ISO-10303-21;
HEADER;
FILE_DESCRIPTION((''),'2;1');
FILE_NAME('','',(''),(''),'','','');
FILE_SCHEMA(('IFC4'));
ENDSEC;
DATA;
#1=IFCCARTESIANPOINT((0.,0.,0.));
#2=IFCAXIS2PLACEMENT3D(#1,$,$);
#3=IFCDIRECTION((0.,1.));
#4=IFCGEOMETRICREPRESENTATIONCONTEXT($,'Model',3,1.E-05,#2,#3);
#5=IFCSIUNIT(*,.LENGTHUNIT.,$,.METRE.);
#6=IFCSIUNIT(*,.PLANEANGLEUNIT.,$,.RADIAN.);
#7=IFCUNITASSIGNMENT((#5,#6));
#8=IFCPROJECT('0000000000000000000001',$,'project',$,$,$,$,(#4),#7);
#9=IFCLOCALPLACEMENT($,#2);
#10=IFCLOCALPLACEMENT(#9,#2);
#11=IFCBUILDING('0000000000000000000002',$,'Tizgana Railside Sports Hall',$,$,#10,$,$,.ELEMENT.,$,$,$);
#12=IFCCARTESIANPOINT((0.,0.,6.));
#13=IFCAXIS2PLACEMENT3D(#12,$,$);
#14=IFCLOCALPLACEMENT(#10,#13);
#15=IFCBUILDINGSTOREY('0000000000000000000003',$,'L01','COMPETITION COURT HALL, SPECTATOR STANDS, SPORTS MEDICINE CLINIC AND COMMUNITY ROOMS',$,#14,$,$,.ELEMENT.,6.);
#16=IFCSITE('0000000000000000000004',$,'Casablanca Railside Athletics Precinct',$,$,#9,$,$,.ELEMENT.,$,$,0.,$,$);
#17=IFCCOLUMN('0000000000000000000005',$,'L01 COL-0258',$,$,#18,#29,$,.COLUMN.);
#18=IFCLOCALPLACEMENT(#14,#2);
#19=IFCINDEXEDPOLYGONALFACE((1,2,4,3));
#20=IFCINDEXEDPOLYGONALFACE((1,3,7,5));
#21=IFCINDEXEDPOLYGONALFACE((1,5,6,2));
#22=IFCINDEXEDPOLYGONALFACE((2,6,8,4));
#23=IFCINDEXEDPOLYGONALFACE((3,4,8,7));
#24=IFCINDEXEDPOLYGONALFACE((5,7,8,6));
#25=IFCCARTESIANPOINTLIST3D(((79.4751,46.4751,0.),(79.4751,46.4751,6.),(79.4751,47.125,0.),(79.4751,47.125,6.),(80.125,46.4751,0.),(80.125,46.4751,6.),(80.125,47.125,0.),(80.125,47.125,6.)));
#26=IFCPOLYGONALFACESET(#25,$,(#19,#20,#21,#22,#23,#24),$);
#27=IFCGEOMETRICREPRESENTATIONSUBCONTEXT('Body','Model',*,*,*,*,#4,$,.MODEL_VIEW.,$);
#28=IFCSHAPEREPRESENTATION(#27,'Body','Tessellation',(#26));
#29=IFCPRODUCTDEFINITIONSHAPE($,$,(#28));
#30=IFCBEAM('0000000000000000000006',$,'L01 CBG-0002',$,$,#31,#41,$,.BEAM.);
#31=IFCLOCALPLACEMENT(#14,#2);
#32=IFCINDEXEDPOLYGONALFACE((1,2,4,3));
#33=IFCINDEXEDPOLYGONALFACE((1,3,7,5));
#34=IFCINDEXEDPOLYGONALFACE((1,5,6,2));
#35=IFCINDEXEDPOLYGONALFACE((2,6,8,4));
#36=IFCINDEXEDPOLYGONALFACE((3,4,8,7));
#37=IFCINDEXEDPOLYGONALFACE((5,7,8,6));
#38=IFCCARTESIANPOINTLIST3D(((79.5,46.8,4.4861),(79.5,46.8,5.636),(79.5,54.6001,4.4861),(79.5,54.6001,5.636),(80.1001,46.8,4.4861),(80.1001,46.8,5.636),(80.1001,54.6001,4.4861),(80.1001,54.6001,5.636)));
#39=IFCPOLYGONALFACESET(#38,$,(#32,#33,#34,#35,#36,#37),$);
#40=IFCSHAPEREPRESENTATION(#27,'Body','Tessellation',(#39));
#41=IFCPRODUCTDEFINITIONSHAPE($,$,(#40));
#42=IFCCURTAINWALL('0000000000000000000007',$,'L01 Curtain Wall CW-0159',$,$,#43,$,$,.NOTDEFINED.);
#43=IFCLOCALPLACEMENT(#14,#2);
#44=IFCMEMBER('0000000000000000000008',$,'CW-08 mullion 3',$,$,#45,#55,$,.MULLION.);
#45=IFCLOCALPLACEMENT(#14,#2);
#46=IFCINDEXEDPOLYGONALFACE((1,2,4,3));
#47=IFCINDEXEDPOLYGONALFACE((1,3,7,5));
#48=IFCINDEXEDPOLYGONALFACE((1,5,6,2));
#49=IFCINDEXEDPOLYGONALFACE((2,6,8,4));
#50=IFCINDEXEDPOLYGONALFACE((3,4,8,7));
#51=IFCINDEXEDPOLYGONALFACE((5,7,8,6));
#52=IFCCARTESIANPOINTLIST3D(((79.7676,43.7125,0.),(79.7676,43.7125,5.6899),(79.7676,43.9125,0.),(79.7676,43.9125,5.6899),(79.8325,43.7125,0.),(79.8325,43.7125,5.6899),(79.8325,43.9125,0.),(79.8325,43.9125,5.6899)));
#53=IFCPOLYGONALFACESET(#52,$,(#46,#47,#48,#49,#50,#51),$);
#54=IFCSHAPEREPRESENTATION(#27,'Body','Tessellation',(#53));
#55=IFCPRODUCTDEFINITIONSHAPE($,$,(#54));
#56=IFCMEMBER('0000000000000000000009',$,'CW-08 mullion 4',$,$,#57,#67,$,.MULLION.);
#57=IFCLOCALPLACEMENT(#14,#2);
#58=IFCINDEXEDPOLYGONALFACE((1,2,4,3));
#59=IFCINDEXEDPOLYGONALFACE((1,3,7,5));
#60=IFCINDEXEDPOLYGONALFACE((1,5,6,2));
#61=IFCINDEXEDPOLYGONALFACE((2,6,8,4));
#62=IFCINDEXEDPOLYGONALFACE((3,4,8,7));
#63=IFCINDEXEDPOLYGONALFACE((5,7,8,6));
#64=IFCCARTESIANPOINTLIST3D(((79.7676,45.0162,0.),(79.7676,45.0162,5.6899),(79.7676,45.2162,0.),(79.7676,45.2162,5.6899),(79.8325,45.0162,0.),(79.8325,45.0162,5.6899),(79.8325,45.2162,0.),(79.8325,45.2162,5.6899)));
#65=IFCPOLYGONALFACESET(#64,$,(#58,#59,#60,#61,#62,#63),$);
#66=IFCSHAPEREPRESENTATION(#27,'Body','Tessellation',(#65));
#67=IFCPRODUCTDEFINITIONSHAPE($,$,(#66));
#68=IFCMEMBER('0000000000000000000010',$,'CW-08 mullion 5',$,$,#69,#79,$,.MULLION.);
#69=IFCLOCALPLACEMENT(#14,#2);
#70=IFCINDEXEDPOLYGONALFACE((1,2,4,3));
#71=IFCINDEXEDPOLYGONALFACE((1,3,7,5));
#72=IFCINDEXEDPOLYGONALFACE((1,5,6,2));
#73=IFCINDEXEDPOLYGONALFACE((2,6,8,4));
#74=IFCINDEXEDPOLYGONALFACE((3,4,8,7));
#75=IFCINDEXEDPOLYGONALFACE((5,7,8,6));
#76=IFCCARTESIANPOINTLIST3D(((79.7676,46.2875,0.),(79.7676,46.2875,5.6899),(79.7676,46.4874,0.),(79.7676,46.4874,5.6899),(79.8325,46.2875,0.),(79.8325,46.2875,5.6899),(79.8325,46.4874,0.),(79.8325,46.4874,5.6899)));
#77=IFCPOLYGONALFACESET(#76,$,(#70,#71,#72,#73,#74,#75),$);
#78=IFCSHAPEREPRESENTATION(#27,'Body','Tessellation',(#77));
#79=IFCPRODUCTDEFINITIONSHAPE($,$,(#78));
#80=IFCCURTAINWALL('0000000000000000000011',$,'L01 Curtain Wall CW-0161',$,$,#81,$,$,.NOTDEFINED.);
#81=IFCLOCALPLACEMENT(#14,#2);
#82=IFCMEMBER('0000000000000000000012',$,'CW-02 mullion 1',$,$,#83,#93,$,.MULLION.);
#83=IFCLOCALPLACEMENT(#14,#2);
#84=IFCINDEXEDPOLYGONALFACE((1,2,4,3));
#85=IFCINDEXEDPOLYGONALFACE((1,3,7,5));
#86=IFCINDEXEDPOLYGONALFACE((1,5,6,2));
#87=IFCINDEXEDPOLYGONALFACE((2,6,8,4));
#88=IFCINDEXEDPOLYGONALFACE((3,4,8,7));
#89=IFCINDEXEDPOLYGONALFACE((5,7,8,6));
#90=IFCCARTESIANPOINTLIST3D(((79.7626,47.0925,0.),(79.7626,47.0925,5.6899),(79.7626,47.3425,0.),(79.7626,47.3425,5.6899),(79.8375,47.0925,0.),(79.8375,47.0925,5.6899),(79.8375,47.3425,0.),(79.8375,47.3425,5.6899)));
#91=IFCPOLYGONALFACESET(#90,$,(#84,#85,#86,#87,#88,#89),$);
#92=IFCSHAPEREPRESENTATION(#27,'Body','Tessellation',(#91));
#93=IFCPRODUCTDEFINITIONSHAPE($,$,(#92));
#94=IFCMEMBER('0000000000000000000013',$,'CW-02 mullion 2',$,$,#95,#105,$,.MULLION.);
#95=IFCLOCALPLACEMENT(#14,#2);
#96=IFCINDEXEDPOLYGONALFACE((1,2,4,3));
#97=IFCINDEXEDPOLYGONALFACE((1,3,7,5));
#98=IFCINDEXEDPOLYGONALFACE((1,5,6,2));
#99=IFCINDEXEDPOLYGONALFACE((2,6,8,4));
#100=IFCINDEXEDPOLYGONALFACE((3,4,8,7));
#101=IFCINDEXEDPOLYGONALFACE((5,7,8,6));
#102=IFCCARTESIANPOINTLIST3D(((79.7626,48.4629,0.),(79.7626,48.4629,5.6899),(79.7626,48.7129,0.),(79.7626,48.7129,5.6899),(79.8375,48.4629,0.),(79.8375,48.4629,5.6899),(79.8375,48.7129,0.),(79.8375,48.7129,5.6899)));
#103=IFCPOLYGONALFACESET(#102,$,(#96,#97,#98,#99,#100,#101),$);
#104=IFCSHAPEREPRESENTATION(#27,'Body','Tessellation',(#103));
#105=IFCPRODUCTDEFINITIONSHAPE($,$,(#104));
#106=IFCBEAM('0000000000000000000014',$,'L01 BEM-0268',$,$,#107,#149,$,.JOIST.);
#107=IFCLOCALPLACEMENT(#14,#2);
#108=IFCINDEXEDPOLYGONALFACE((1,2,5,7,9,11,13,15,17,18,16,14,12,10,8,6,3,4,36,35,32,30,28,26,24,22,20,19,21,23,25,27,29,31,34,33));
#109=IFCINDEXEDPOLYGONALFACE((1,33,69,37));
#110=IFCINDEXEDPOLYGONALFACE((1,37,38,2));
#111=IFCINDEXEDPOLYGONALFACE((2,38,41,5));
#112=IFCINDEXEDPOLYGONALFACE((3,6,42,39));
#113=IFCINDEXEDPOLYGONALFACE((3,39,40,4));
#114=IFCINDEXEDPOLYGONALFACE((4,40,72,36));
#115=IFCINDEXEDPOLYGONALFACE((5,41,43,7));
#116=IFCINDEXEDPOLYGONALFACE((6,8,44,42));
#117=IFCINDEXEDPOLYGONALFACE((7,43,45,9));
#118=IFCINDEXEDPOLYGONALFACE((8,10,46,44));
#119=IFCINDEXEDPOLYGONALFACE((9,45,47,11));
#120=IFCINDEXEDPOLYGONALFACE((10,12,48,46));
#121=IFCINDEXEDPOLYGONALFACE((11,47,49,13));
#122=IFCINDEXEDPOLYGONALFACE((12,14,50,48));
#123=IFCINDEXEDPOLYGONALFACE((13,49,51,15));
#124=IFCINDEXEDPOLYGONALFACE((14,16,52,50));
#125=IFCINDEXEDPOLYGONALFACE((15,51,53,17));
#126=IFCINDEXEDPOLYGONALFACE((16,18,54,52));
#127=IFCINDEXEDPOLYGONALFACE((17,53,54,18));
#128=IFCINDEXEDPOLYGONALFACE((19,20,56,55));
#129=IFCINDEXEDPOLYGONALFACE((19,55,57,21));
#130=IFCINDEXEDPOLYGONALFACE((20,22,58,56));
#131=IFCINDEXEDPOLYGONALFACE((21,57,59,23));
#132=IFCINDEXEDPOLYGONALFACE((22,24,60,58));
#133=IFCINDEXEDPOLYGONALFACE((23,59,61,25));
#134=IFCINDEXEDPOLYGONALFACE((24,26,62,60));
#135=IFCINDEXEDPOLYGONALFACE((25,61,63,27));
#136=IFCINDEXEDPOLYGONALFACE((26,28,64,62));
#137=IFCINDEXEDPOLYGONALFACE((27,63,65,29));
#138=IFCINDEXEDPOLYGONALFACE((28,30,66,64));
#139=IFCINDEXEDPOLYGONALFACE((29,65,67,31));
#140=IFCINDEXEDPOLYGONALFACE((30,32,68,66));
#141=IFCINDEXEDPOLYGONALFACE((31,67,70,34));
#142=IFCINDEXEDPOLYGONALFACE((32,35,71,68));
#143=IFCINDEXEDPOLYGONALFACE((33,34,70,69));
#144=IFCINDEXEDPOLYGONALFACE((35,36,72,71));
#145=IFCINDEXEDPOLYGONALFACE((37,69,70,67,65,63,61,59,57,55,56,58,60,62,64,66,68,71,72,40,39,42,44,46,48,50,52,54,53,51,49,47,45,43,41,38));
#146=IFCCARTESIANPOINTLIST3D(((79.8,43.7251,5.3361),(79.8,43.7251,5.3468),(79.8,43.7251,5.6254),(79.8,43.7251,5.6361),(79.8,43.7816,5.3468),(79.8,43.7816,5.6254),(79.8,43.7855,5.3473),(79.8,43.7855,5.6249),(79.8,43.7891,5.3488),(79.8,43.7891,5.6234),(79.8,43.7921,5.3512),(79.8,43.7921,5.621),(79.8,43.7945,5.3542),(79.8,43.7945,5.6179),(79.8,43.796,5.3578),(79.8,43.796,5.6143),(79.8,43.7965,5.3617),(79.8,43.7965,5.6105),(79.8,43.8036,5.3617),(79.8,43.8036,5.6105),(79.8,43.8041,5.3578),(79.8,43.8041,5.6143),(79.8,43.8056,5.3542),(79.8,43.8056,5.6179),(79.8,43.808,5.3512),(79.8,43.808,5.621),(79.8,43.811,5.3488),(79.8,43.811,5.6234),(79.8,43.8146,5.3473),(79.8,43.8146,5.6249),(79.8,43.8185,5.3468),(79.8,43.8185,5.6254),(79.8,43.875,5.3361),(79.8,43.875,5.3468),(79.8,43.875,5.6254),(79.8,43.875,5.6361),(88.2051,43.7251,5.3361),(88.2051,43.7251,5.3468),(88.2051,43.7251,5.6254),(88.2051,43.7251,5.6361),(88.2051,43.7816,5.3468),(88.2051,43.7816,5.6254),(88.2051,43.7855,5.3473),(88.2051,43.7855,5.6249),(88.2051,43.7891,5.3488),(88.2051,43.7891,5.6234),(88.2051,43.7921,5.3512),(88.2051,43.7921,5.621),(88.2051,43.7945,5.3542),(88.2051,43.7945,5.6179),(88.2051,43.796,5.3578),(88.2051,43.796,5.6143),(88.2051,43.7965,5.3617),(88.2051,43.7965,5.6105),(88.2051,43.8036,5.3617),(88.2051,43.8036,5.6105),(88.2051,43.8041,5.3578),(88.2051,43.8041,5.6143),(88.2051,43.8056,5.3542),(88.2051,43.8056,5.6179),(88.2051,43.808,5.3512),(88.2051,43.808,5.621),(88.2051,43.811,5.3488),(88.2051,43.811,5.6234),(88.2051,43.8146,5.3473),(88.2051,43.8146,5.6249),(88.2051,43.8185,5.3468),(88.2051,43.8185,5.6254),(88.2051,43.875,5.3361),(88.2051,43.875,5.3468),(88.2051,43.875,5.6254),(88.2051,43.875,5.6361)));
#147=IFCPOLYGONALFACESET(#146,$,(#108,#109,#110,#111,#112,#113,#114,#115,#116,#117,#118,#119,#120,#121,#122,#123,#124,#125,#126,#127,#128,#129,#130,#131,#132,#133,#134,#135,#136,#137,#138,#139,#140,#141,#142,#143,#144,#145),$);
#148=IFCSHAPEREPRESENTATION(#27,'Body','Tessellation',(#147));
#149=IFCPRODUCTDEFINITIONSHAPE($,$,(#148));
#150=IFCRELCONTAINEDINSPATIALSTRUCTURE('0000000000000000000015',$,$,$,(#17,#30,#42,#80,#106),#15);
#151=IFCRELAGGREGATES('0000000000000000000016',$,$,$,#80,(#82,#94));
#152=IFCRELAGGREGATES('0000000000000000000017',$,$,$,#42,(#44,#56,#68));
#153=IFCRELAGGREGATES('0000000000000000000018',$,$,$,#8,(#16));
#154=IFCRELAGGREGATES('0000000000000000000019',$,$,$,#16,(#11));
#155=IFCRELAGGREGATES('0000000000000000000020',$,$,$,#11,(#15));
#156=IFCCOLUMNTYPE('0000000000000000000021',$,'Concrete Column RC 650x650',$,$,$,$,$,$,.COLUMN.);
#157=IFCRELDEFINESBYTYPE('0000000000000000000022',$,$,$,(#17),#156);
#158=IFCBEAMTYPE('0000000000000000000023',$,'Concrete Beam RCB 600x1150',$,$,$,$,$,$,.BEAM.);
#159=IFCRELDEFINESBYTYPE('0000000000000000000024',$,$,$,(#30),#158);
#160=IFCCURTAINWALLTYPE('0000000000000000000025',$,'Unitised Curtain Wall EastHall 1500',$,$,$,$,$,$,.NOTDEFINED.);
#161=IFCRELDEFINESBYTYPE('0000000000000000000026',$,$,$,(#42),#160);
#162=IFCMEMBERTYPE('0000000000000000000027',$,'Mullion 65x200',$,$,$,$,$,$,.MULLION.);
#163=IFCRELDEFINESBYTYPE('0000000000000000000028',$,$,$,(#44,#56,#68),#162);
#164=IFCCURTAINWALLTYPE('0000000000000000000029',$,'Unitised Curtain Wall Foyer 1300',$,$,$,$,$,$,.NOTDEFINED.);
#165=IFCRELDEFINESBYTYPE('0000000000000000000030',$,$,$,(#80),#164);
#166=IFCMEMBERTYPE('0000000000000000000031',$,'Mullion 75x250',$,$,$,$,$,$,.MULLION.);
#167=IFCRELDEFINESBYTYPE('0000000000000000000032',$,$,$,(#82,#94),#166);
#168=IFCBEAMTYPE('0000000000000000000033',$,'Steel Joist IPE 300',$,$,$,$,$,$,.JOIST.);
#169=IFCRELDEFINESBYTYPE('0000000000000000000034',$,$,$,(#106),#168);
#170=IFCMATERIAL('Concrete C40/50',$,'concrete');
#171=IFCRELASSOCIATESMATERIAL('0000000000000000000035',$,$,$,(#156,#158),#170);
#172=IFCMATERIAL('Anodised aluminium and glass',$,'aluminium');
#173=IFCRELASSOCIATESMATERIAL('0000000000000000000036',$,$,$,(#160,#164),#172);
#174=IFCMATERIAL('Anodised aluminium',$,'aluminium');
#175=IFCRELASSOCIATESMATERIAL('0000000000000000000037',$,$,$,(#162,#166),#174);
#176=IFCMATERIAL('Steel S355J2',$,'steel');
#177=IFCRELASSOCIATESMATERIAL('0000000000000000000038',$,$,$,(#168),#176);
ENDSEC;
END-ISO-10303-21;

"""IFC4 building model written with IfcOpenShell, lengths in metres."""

from ifc_helpers import new_model, si_unit, direction, frame, origin, origin_2d, place, context, subcontext, project, spatial, rectangle, i_section, extrude, material, material_profile, profile_set, type_object, element, aggregate, save


model = new_model("IFC4")

# Units and contexts
model_context = context("Model", 3, precision=1e-05, world=origin(), true_north=direction((0.0, 1.0)))
body_context = subcontext(model_context, "Body", "Model", "MODEL_VIEW")
ifc_project = project(units=[si_unit("LENGTHUNIT", "METRE"), si_unit("PLANEANGLEUNIT", "RADIAN")], contexts=[model_context])

# Site, building, storey
site_placement = place(None, origin())
site = spatial("IfcSite", under=ifc_project, at=site_placement, Name="Casablanca Railside Athletics Precinct", CompositionType="ELEMENT", RefElevation=0.0)
building_placement = place(site_placement, origin())
building = spatial("IfcBuilding", under=site, at=building_placement, Name="Tizgana Railside Sports Hall", CompositionType="ELEMENT")
storey_placement = place(building_placement, frame((0.0, 0.0, 6.0)))
storey = spatial("IfcBuildingStorey", under=building, at=storey_placement, Name="L01", Description="COMPETITION COURT HALL, SPECTATOR STANDS, SPORTS MEDICINE CLINIC AND COMMUNITY ROOMS", CompositionType="ELEMENT", Elevation=6.0)

# Column
ifc_material_1 = material(Name="Concrete C40/50", Category="concrete")
ifc_material_profile_1 = material_profile(ifc_material_1, rectangle(XDim=0.6499, YDim=0.6499, at=origin_2d()), Name="RC 650x650")
ifc_profile_set_1 = profile_set([ifc_material_profile_1], Name="Concrete C40/50")
column_type = type_object("IfcColumnType", Name="Concrete Column RC 650x650", PredefinedType="COLUMN", material=ifc_profile_set_1)
column_placement = place(storey_placement, frame((79.8, 46.8, 0.0), z_axis=(0.0, 0.0, 1.0), x_axis=(1.0, 0.0, 0.0)))
element("IfcColumn", 1, at=column_placement, inside=storey, type_object=column_type, Name="L01 COL-0258", PredefinedType="COLUMN", context=body_context, shape_type="SweptSolid", body=[
    extrude(rectangle(XDim=0.6499, YDim=0.6499, at=origin_2d()), origin(), (0.0, 0.0, 1.0), 6.0),
])

# Beam
ifc_material_profile_2 = material_profile(ifc_material_1, rectangle(XDim=0.6001, YDim=1.1499, at=origin_2d()), Name="RCB 600x1150")
ifc_profile_set_2 = profile_set([ifc_material_profile_2], Name="Concrete C40/50")
beam_type_1 = type_object("IfcBeamType", Name="Concrete Beam RCB 600x1150", PredefinedType="BEAM", material=ifc_profile_set_2)
beam_1_placement = place(storey_placement, frame((79.8, 46.8, 5.061), z_axis=(0.0, 1.0, 0.0), x_axis=(-1.0, 0.0, 0.0)))
element("IfcBeam", 2, at=beam_1_placement, inside=storey, type_object=beam_type_1, Name="L01 CBG-0002", PredefinedType="BEAM", context=body_context, shape_type="SweptSolid", body=[
    extrude(rectangle(XDim=0.6001, YDim=1.1499, at=origin_2d()), origin(), (0.0, 0.0, 1.0), 7.8),
])

# Curtain walls, members
ifc_material_2 = material(Name="Anodised aluminium and glass", Category="aluminium")
curtain_wall_type_1 = type_object("IfcCurtainWallType", Name="Unitised Curtain Wall EastHall 1500", PredefinedType="NOTDEFINED", material=ifc_material_2)
curtain_wall_1_placement = place(storey_placement, origin())
curtain_wall_1 = element("IfcCurtainWall", 3, at=curtain_wall_1_placement, inside=storey, type_object=curtain_wall_type_1, Name="L01 Curtain Wall CW-0159", PredefinedType="NOTDEFINED")
ifc_material_3 = material(Name="Anodised aluminium", Category="aluminium")
ifc_material_profile_3 = material_profile(ifc_material_3, rectangle(XDim=0.0649, YDim=0.2, at=origin_2d()), Name="Mullion 65x200")
ifc_profile_set_3 = profile_set([ifc_material_profile_3], Name="Anodised aluminium")
member_type_1 = type_object("IfcMemberType", Name="Mullion 65x200", PredefinedType="MULLION", material=ifc_profile_set_3)
member_1_placement = place(storey_placement, frame((79.8, 43.8125, 0.0), z_axis=(0.0, 0.0, 1.0), x_axis=(-1.0, 0.0, 0.0)))
member_1 = element("IfcMember", 4, at=member_1_placement, type_object=member_type_1, Name="CW-08 mullion 3", PredefinedType="MULLION", context=body_context, shape_type="SweptSolid", body=[
    extrude(rectangle(XDim=0.0649, YDim=0.2, at=origin_2d()), origin(), (0.0, 0.0, 1.0), 5.6899),
])
member_2_placement = place(storey_placement, frame((79.8, 45.1162, 0.0), z_axis=(0.0, 0.0, 1.0), x_axis=(-1.0, 0.0, 0.0)))
member_2 = element("IfcMember", 5, at=member_2_placement, type_object=member_type_1, Name="CW-08 mullion 4", PredefinedType="MULLION", context=body_context, shape_type="SweptSolid", body=[
    extrude(rectangle(XDim=0.0649, YDim=0.2, at=origin_2d()), origin(), (0.0, 0.0, 1.0), 5.6899),
])
member_3_placement = place(storey_placement, frame((79.8, 46.3875, 0.0), z_axis=(0.0, 0.0, 1.0), x_axis=(-1.0, 0.0, 0.0)))
member_3 = element("IfcMember", 6, at=member_3_placement, type_object=member_type_1, Name="CW-08 mullion 5", PredefinedType="MULLION", context=body_context, shape_type="SweptSolid", body=[
    extrude(rectangle(XDim=0.0649, YDim=0.2, at=origin_2d()), origin(), (0.0, 0.0, 1.0), 5.6899),
])
curtain_wall_type_2 = type_object("IfcCurtainWallType", Name="Unitised Curtain Wall Foyer 1300", PredefinedType="NOTDEFINED", material=ifc_material_2)
curtain_wall_2_placement = place(storey_placement, origin())
curtain_wall_2 = element("IfcCurtainWall", 7, at=curtain_wall_2_placement, inside=storey, type_object=curtain_wall_type_2, Name="L01 Curtain Wall CW-0161", PredefinedType="NOTDEFINED")
ifc_material_profile_4 = material_profile(ifc_material_3, rectangle(XDim=0.075, YDim=0.25, at=origin_2d()), Name="Mullion 75x250")
ifc_profile_set_4 = profile_set([ifc_material_profile_4], Name="Anodised aluminium")
member_type_2 = type_object("IfcMemberType", Name="Mullion 75x250", PredefinedType="MULLION", material=ifc_profile_set_4)
member_4_placement = place(storey_placement, frame((79.8, 47.2175, 0.0), z_axis=(0.0, 0.0, 1.0), x_axis=(-1.0, 0.0, 0.0)))
member_4 = element("IfcMember", 8, at=member_4_placement, type_object=member_type_2, Name="CW-02 mullion 1", PredefinedType="MULLION", context=body_context, shape_type="SweptSolid", body=[
    extrude(rectangle(XDim=0.075, YDim=0.25, at=origin_2d()), origin(), (0.0, 0.0, 1.0), 5.6899),
])
member_5_placement = place(storey_placement, frame((79.8, 48.5879, 0.0), z_axis=(0.0, 0.0, 1.0), x_axis=(-1.0, 0.0, 0.0)))
member_5 = element("IfcMember", 9, at=member_5_placement, type_object=member_type_2, Name="CW-02 mullion 2", PredefinedType="MULLION", context=body_context, shape_type="SweptSolid", body=[
    extrude(rectangle(XDim=0.075, YDim=0.25, at=origin_2d()), origin(), (0.0, 0.0, 1.0), 5.6899),
])

# Beam
ifc_material_4 = material(Name="Steel S355J2", Category="steel")
ifc_material_profile_5 = material_profile(ifc_material_4, i_section(OverallWidth=0.1499, OverallDepth=0.3, WebThickness=0.0071, FlangeThickness=0.0107, FilletRadius=0.0149, at=origin_2d()), Name="IPE 300")
ifc_profile_set_5 = profile_set([ifc_material_profile_5], Name="Steel S355J2")
beam_type_2 = type_object("IfcBeamType", Name="Steel Joist IPE 300", PredefinedType="JOIST", material=ifc_profile_set_5)
beam_2_placement = place(storey_placement, frame((79.8, 43.8, 5.4861), z_axis=(1.0, 0.0, 0.0), x_axis=(0.0, 1.0, 0.0)))
element("IfcBeam", 10, at=beam_2_placement, inside=storey, type_object=beam_type_2, Name="L01 BEM-0268", PredefinedType="JOIST", context=body_context, shape_type="SweptSolid", body=[
    extrude(i_section(OverallWidth=0.1499, OverallDepth=0.3, WebThickness=0.0071, FlangeThickness=0.0107, FilletRadius=0.0149, at=origin_2d()), origin(), (0.0, 0.0, 1.0), 8.405),
])

aggregate(curtain_wall_2, [member_4, member_5])
aggregate(curtain_wall_1, [member_1, member_2, member_3])

save(model, "model.ifc")
